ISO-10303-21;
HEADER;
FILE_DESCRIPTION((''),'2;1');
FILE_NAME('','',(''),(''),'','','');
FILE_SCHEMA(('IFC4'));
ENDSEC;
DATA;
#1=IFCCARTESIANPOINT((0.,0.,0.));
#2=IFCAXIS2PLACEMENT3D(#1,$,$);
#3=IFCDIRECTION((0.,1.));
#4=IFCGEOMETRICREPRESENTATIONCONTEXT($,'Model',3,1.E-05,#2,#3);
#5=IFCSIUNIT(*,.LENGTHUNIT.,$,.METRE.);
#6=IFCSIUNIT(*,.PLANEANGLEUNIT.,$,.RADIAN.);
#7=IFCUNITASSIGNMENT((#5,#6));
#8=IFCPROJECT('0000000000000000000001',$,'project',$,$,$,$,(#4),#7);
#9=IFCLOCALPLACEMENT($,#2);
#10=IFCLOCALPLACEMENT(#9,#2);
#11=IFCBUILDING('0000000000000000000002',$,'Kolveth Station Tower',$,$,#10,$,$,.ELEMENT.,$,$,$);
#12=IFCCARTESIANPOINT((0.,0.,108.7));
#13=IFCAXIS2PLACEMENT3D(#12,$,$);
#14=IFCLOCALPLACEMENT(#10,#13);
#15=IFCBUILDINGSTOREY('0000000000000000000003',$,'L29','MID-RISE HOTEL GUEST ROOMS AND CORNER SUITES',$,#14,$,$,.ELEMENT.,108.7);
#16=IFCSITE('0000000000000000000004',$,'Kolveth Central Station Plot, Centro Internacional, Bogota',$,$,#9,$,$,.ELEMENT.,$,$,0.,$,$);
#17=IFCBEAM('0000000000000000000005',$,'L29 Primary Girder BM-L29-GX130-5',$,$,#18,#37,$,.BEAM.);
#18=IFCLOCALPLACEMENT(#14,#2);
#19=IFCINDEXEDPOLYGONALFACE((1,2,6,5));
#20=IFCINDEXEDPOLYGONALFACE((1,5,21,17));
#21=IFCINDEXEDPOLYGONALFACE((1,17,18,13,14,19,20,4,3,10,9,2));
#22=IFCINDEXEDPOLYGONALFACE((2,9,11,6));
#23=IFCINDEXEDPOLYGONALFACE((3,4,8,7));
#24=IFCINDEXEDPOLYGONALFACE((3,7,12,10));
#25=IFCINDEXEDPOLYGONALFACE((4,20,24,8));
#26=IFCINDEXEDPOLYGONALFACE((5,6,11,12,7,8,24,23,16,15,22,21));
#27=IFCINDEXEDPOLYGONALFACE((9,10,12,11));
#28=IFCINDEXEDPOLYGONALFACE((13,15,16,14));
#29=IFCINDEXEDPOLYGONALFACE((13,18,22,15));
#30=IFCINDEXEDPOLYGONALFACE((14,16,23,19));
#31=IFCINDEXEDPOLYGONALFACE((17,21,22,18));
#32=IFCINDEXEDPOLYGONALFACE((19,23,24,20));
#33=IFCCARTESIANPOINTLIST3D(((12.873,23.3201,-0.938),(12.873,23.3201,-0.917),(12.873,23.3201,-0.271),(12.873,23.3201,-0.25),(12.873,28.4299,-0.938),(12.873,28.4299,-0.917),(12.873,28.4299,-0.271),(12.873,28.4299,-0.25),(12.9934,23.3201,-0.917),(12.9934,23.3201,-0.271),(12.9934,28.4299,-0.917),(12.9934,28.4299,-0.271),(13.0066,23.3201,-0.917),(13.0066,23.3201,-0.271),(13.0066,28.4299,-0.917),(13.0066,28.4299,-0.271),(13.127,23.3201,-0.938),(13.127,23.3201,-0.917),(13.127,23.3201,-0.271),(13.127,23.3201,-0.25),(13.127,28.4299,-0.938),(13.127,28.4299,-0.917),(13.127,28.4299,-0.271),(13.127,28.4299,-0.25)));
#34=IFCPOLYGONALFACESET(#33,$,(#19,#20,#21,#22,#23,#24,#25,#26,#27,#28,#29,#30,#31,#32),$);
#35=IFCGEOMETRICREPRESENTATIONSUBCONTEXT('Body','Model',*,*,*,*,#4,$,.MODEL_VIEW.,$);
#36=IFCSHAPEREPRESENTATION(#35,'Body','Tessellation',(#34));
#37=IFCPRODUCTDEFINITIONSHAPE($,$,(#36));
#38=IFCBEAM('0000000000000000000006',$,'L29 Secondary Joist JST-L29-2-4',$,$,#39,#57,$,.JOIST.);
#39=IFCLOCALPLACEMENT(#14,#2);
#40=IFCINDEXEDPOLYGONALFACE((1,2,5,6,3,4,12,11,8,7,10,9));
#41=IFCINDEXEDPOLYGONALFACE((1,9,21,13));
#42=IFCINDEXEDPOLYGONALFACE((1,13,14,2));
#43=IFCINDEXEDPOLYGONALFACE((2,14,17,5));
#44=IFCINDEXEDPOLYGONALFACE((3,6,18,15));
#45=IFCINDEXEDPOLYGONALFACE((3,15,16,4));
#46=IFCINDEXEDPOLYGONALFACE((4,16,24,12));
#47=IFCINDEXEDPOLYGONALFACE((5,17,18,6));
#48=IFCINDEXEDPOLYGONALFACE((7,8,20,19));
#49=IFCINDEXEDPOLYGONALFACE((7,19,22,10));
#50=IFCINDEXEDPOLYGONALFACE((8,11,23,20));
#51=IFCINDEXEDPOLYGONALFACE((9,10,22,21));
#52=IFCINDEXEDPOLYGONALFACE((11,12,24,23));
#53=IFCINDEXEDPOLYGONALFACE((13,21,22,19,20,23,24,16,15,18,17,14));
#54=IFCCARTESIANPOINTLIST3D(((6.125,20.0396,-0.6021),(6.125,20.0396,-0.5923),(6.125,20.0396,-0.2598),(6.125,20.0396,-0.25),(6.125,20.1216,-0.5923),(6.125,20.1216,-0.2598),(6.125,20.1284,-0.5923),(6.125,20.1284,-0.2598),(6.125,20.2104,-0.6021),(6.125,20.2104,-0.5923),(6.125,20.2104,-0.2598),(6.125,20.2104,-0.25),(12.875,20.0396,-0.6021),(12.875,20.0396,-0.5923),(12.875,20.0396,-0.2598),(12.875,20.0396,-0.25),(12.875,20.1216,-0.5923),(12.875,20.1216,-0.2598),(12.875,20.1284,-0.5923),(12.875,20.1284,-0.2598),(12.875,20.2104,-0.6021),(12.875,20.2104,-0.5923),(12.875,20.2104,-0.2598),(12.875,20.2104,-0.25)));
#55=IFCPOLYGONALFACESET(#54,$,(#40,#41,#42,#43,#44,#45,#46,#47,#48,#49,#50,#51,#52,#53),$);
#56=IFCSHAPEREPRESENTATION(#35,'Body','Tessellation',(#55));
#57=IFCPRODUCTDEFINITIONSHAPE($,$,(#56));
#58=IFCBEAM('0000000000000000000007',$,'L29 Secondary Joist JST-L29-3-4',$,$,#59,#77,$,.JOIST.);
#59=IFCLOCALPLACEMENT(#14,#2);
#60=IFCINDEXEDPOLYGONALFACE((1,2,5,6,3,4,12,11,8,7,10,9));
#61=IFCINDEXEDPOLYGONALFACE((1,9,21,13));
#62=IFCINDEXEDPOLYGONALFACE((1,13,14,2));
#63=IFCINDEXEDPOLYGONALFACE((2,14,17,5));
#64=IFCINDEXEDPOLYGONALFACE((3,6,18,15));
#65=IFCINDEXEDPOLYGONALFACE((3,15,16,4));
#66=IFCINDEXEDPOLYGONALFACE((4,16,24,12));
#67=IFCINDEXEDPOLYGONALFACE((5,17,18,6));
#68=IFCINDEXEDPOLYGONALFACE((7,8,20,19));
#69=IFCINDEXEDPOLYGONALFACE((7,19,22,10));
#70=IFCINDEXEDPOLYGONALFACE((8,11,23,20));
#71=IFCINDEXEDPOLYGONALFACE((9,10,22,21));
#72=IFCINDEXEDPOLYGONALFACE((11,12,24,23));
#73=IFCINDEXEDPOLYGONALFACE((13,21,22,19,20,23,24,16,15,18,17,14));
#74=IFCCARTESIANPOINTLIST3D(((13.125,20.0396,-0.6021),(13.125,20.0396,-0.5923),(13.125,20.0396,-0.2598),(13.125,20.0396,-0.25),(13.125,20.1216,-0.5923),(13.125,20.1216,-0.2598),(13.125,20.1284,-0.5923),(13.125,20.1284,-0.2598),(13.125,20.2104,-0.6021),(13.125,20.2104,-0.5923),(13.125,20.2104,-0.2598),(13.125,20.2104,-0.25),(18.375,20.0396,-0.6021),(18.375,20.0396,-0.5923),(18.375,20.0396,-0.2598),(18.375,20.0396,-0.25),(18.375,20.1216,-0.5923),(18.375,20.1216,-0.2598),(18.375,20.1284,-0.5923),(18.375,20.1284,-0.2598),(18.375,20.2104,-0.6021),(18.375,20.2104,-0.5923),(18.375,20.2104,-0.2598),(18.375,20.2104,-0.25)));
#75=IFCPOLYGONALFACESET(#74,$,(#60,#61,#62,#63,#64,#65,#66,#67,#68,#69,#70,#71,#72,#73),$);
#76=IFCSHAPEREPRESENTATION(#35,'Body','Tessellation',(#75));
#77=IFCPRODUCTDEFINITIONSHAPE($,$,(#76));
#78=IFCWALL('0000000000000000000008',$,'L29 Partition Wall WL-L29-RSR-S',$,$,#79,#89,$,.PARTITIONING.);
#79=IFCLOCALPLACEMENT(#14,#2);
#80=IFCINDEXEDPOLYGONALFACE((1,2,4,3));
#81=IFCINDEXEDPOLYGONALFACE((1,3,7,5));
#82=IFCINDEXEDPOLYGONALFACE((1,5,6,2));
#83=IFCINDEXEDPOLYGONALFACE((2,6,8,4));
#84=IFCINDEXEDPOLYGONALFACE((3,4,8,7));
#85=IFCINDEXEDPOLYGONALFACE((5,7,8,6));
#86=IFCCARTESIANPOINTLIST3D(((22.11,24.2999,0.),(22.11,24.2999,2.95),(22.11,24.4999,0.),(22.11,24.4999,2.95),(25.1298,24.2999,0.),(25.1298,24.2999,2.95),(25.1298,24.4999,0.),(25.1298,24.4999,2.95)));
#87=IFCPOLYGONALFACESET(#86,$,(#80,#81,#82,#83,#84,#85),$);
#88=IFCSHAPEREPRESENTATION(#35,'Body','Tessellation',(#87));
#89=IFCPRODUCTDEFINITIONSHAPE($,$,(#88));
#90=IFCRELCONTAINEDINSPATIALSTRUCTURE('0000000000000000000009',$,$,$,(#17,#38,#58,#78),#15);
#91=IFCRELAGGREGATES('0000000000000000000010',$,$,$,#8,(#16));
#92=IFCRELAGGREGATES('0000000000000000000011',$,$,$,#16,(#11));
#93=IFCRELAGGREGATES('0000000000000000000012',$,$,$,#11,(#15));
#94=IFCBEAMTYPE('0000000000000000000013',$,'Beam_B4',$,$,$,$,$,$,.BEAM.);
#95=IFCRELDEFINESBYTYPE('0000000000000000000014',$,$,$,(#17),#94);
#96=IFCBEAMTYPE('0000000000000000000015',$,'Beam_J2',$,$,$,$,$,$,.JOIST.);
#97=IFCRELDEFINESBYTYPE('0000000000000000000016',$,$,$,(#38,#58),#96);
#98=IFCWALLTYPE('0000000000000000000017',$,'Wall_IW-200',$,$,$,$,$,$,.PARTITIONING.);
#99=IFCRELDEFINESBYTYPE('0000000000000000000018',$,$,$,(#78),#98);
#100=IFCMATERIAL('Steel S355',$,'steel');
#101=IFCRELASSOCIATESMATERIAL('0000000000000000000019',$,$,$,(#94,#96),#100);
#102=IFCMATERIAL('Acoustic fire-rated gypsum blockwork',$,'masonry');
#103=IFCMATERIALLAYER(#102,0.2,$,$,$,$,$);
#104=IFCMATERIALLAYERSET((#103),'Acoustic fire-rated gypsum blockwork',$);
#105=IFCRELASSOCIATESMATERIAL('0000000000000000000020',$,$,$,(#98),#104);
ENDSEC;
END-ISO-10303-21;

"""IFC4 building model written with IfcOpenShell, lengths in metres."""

from ifc_helpers import new_model, si_unit, direction, frame, frame_2d, origin, origin_2d, place, context, subcontext, project, spatial, rectangle, i_section, extrude, source, transform, mapped, material, layer, layer_set, material_profile, profile_set, type_object, element, save


model = new_model("IFC4")

# Units and contexts
model_context = context("Model", 3, precision=1e-05, world=origin(), true_north=direction((0.0, 1.0)))
body_context = subcontext(model_context, "Body", "Model", "MODEL_VIEW")
ifc_project = project(units=[si_unit("LENGTHUNIT", "METRE"), si_unit("PLANEANGLEUNIT", "RADIAN")], contexts=[model_context])

# Site, building, storey
site_placement = place(None, origin())
site = spatial("IfcSite", under=ifc_project, at=site_placement, Name="Kolveth Central Station Plot, Centro Internacional, Bogota", CompositionType="ELEMENT", RefElevation=0.0)
building_placement = place(site_placement, origin())
building = spatial("IfcBuilding", under=site, at=building_placement, Name="Kolveth Station Tower", CompositionType="ELEMENT")
storey_placement = place(building_placement, frame((0.0, 0.0, 108.7)))
storey = spatial("IfcBuildingStorey", under=building, at=storey_placement, Name="L29", Description="MID-RISE HOTEL GUEST ROOMS AND CORNER SUITES", CompositionType="ELEMENT", Elevation=108.7)

# Shared definitions
ifc_material_1 = material(Name="Steel S355", Category="steel")

# Beams
ifc_material_profile_1 = material_profile(ifc_material_1, i_section(OverallWidth=0.2539, OverallDepth=0.688, WebThickness=0.0132, FlangeThickness=0.021, at=origin_2d()), Name="W690x152")
ifc_profile_set_1 = profile_set([ifc_material_profile_1], Name="Steel S355")
beam_type_1 = type_object("IfcBeamType", Name="Beam_B4", PredefinedType="BEAM", material=ifc_profile_set_1)
shared_shape_1 = source(origin(), body_context, "Body", "SweptSolid", [
    extrude(i_section(OverallWidth=0.2539, OverallDepth=0.688, WebThickness=0.0132, FlangeThickness=0.021, at=origin_2d()), origin(), (0.0, 0.0, 1.0), 5.1099),
])
for number, where, z_axis, x_axis, name in (
    (1, (13.0, 23.3201, -0.594), (0.0, 1.0, 0.0), (-1.0, 0.0, 0.0), "L29 Primary Girder BM-L29-GX130-5"),
):
    element("IfcBeam", number, at=place(storey_placement, frame(where, z_axis=z_axis, x_axis=x_axis)), inside=storey, type_object=beam_type_1, Name=name, PredefinedType="BEAM", context=body_context, shape_type="MappedRepresentation", body=[
        mapped(shared_shape_1, transform((0.0, 0.0, 0.0), x_axis=(1.0, 0.0, 0.0), y_axis=(0.0, 1.0, 0.0), z_axis=(0.0, 0.0, 1.0), scale=1.0)),
    ])
ifc_material_profile_2 = material_profile(ifc_material_1, i_section(OverallWidth=0.1709, OverallDepth=0.3521, WebThickness=0.0068, FlangeThickness=0.0098, at=origin_2d()), Name="W360x44")
ifc_profile_set_2 = profile_set([ifc_material_profile_2], Name="Steel S355")
beam_type_2 = type_object("IfcBeamType", Name="Beam_J2", PredefinedType="JOIST", material=ifc_profile_set_2)
shared_shape_2 = source(origin(), body_context, "Body", "SweptSolid", [
    extrude(i_section(OverallWidth=0.1709, OverallDepth=0.3521, WebThickness=0.0068, FlangeThickness=0.0098, at=origin_2d()), origin(), (0.0, 0.0, 1.0), 6.75),
])
beam_1_placement = place(storey_placement, frame((6.125, 20.125, -0.426), z_axis=(1.0, 0.0, 0.0), x_axis=(0.0, 1.0, 0.0)))
element("IfcBeam", 2, at=beam_1_placement, inside=storey, type_object=beam_type_2, Name="L29 Secondary Joist JST-L29-2-4", PredefinedType="JOIST", context=body_context, shape_type="MappedRepresentation", body=[
    mapped(shared_shape_2, transform((0.0, 0.0, 0.0), x_axis=(1.0, 0.0, 0.0), y_axis=(0.0, 1.0, 0.0), z_axis=(0.0, 0.0, 1.0), scale=1.0)),
])
shared_shape_3 = source(origin(), body_context, "Body", "SweptSolid", [
    extrude(i_section(OverallWidth=0.1709, OverallDepth=0.3521, WebThickness=0.0068, FlangeThickness=0.0098, at=origin_2d()), origin(), (0.0, 0.0, 1.0), 5.25),
])
beam_2_placement = place(storey_placement, frame((13.125, 20.125, -0.426), z_axis=(1.0, 0.0, 0.0), x_axis=(0.0, 1.0, 0.0)))
element("IfcBeam", 3, at=beam_2_placement, inside=storey, type_object=beam_type_2, Name="L29 Secondary Joist JST-L29-3-4", PredefinedType="JOIST", context=body_context, shape_type="MappedRepresentation", body=[
    mapped(shared_shape_3, transform((0.0, 0.0, 0.0), x_axis=(1.0, 0.0, 0.0), y_axis=(0.0, 1.0, 0.0), z_axis=(0.0, 0.0, 1.0), scale=1.0)),
])

# Wall
ifc_material_2 = material(Name="Acoustic fire-rated gypsum blockwork", Category="masonry")
ifc_layer_1 = layer(ifc_material_2, 0.2)
ifc_layer_set_1 = layer_set([ifc_layer_1], Name="Acoustic fire-rated gypsum blockwork")
wall_type_1 = type_object("IfcWallType", Name="Wall_IW-200", PredefinedType="PARTITIONING", material=ifc_layer_set_1)
wall_1_placement = place(storey_placement, frame((22.1101, 24.3999, 0.0), z_axis=(0.0, 0.0, 1.0), x_axis=(1.0, 0.0, 0.0)))
element("IfcWall", 4, at=wall_1_placement, inside=storey, type_object=wall_type_1, Name="L29 Partition Wall WL-L29-RSR-S", PredefinedType="PARTITIONING", context=body_context, shape_type="SweptSolid", body=[
    extrude(rectangle(XDim=3.0198, YDim=0.2, at=frame_2d((1.5098, 0.0))), origin(), (0.0, 0.0, 1.0), 2.95),
])

save(model, "model.ifc")
